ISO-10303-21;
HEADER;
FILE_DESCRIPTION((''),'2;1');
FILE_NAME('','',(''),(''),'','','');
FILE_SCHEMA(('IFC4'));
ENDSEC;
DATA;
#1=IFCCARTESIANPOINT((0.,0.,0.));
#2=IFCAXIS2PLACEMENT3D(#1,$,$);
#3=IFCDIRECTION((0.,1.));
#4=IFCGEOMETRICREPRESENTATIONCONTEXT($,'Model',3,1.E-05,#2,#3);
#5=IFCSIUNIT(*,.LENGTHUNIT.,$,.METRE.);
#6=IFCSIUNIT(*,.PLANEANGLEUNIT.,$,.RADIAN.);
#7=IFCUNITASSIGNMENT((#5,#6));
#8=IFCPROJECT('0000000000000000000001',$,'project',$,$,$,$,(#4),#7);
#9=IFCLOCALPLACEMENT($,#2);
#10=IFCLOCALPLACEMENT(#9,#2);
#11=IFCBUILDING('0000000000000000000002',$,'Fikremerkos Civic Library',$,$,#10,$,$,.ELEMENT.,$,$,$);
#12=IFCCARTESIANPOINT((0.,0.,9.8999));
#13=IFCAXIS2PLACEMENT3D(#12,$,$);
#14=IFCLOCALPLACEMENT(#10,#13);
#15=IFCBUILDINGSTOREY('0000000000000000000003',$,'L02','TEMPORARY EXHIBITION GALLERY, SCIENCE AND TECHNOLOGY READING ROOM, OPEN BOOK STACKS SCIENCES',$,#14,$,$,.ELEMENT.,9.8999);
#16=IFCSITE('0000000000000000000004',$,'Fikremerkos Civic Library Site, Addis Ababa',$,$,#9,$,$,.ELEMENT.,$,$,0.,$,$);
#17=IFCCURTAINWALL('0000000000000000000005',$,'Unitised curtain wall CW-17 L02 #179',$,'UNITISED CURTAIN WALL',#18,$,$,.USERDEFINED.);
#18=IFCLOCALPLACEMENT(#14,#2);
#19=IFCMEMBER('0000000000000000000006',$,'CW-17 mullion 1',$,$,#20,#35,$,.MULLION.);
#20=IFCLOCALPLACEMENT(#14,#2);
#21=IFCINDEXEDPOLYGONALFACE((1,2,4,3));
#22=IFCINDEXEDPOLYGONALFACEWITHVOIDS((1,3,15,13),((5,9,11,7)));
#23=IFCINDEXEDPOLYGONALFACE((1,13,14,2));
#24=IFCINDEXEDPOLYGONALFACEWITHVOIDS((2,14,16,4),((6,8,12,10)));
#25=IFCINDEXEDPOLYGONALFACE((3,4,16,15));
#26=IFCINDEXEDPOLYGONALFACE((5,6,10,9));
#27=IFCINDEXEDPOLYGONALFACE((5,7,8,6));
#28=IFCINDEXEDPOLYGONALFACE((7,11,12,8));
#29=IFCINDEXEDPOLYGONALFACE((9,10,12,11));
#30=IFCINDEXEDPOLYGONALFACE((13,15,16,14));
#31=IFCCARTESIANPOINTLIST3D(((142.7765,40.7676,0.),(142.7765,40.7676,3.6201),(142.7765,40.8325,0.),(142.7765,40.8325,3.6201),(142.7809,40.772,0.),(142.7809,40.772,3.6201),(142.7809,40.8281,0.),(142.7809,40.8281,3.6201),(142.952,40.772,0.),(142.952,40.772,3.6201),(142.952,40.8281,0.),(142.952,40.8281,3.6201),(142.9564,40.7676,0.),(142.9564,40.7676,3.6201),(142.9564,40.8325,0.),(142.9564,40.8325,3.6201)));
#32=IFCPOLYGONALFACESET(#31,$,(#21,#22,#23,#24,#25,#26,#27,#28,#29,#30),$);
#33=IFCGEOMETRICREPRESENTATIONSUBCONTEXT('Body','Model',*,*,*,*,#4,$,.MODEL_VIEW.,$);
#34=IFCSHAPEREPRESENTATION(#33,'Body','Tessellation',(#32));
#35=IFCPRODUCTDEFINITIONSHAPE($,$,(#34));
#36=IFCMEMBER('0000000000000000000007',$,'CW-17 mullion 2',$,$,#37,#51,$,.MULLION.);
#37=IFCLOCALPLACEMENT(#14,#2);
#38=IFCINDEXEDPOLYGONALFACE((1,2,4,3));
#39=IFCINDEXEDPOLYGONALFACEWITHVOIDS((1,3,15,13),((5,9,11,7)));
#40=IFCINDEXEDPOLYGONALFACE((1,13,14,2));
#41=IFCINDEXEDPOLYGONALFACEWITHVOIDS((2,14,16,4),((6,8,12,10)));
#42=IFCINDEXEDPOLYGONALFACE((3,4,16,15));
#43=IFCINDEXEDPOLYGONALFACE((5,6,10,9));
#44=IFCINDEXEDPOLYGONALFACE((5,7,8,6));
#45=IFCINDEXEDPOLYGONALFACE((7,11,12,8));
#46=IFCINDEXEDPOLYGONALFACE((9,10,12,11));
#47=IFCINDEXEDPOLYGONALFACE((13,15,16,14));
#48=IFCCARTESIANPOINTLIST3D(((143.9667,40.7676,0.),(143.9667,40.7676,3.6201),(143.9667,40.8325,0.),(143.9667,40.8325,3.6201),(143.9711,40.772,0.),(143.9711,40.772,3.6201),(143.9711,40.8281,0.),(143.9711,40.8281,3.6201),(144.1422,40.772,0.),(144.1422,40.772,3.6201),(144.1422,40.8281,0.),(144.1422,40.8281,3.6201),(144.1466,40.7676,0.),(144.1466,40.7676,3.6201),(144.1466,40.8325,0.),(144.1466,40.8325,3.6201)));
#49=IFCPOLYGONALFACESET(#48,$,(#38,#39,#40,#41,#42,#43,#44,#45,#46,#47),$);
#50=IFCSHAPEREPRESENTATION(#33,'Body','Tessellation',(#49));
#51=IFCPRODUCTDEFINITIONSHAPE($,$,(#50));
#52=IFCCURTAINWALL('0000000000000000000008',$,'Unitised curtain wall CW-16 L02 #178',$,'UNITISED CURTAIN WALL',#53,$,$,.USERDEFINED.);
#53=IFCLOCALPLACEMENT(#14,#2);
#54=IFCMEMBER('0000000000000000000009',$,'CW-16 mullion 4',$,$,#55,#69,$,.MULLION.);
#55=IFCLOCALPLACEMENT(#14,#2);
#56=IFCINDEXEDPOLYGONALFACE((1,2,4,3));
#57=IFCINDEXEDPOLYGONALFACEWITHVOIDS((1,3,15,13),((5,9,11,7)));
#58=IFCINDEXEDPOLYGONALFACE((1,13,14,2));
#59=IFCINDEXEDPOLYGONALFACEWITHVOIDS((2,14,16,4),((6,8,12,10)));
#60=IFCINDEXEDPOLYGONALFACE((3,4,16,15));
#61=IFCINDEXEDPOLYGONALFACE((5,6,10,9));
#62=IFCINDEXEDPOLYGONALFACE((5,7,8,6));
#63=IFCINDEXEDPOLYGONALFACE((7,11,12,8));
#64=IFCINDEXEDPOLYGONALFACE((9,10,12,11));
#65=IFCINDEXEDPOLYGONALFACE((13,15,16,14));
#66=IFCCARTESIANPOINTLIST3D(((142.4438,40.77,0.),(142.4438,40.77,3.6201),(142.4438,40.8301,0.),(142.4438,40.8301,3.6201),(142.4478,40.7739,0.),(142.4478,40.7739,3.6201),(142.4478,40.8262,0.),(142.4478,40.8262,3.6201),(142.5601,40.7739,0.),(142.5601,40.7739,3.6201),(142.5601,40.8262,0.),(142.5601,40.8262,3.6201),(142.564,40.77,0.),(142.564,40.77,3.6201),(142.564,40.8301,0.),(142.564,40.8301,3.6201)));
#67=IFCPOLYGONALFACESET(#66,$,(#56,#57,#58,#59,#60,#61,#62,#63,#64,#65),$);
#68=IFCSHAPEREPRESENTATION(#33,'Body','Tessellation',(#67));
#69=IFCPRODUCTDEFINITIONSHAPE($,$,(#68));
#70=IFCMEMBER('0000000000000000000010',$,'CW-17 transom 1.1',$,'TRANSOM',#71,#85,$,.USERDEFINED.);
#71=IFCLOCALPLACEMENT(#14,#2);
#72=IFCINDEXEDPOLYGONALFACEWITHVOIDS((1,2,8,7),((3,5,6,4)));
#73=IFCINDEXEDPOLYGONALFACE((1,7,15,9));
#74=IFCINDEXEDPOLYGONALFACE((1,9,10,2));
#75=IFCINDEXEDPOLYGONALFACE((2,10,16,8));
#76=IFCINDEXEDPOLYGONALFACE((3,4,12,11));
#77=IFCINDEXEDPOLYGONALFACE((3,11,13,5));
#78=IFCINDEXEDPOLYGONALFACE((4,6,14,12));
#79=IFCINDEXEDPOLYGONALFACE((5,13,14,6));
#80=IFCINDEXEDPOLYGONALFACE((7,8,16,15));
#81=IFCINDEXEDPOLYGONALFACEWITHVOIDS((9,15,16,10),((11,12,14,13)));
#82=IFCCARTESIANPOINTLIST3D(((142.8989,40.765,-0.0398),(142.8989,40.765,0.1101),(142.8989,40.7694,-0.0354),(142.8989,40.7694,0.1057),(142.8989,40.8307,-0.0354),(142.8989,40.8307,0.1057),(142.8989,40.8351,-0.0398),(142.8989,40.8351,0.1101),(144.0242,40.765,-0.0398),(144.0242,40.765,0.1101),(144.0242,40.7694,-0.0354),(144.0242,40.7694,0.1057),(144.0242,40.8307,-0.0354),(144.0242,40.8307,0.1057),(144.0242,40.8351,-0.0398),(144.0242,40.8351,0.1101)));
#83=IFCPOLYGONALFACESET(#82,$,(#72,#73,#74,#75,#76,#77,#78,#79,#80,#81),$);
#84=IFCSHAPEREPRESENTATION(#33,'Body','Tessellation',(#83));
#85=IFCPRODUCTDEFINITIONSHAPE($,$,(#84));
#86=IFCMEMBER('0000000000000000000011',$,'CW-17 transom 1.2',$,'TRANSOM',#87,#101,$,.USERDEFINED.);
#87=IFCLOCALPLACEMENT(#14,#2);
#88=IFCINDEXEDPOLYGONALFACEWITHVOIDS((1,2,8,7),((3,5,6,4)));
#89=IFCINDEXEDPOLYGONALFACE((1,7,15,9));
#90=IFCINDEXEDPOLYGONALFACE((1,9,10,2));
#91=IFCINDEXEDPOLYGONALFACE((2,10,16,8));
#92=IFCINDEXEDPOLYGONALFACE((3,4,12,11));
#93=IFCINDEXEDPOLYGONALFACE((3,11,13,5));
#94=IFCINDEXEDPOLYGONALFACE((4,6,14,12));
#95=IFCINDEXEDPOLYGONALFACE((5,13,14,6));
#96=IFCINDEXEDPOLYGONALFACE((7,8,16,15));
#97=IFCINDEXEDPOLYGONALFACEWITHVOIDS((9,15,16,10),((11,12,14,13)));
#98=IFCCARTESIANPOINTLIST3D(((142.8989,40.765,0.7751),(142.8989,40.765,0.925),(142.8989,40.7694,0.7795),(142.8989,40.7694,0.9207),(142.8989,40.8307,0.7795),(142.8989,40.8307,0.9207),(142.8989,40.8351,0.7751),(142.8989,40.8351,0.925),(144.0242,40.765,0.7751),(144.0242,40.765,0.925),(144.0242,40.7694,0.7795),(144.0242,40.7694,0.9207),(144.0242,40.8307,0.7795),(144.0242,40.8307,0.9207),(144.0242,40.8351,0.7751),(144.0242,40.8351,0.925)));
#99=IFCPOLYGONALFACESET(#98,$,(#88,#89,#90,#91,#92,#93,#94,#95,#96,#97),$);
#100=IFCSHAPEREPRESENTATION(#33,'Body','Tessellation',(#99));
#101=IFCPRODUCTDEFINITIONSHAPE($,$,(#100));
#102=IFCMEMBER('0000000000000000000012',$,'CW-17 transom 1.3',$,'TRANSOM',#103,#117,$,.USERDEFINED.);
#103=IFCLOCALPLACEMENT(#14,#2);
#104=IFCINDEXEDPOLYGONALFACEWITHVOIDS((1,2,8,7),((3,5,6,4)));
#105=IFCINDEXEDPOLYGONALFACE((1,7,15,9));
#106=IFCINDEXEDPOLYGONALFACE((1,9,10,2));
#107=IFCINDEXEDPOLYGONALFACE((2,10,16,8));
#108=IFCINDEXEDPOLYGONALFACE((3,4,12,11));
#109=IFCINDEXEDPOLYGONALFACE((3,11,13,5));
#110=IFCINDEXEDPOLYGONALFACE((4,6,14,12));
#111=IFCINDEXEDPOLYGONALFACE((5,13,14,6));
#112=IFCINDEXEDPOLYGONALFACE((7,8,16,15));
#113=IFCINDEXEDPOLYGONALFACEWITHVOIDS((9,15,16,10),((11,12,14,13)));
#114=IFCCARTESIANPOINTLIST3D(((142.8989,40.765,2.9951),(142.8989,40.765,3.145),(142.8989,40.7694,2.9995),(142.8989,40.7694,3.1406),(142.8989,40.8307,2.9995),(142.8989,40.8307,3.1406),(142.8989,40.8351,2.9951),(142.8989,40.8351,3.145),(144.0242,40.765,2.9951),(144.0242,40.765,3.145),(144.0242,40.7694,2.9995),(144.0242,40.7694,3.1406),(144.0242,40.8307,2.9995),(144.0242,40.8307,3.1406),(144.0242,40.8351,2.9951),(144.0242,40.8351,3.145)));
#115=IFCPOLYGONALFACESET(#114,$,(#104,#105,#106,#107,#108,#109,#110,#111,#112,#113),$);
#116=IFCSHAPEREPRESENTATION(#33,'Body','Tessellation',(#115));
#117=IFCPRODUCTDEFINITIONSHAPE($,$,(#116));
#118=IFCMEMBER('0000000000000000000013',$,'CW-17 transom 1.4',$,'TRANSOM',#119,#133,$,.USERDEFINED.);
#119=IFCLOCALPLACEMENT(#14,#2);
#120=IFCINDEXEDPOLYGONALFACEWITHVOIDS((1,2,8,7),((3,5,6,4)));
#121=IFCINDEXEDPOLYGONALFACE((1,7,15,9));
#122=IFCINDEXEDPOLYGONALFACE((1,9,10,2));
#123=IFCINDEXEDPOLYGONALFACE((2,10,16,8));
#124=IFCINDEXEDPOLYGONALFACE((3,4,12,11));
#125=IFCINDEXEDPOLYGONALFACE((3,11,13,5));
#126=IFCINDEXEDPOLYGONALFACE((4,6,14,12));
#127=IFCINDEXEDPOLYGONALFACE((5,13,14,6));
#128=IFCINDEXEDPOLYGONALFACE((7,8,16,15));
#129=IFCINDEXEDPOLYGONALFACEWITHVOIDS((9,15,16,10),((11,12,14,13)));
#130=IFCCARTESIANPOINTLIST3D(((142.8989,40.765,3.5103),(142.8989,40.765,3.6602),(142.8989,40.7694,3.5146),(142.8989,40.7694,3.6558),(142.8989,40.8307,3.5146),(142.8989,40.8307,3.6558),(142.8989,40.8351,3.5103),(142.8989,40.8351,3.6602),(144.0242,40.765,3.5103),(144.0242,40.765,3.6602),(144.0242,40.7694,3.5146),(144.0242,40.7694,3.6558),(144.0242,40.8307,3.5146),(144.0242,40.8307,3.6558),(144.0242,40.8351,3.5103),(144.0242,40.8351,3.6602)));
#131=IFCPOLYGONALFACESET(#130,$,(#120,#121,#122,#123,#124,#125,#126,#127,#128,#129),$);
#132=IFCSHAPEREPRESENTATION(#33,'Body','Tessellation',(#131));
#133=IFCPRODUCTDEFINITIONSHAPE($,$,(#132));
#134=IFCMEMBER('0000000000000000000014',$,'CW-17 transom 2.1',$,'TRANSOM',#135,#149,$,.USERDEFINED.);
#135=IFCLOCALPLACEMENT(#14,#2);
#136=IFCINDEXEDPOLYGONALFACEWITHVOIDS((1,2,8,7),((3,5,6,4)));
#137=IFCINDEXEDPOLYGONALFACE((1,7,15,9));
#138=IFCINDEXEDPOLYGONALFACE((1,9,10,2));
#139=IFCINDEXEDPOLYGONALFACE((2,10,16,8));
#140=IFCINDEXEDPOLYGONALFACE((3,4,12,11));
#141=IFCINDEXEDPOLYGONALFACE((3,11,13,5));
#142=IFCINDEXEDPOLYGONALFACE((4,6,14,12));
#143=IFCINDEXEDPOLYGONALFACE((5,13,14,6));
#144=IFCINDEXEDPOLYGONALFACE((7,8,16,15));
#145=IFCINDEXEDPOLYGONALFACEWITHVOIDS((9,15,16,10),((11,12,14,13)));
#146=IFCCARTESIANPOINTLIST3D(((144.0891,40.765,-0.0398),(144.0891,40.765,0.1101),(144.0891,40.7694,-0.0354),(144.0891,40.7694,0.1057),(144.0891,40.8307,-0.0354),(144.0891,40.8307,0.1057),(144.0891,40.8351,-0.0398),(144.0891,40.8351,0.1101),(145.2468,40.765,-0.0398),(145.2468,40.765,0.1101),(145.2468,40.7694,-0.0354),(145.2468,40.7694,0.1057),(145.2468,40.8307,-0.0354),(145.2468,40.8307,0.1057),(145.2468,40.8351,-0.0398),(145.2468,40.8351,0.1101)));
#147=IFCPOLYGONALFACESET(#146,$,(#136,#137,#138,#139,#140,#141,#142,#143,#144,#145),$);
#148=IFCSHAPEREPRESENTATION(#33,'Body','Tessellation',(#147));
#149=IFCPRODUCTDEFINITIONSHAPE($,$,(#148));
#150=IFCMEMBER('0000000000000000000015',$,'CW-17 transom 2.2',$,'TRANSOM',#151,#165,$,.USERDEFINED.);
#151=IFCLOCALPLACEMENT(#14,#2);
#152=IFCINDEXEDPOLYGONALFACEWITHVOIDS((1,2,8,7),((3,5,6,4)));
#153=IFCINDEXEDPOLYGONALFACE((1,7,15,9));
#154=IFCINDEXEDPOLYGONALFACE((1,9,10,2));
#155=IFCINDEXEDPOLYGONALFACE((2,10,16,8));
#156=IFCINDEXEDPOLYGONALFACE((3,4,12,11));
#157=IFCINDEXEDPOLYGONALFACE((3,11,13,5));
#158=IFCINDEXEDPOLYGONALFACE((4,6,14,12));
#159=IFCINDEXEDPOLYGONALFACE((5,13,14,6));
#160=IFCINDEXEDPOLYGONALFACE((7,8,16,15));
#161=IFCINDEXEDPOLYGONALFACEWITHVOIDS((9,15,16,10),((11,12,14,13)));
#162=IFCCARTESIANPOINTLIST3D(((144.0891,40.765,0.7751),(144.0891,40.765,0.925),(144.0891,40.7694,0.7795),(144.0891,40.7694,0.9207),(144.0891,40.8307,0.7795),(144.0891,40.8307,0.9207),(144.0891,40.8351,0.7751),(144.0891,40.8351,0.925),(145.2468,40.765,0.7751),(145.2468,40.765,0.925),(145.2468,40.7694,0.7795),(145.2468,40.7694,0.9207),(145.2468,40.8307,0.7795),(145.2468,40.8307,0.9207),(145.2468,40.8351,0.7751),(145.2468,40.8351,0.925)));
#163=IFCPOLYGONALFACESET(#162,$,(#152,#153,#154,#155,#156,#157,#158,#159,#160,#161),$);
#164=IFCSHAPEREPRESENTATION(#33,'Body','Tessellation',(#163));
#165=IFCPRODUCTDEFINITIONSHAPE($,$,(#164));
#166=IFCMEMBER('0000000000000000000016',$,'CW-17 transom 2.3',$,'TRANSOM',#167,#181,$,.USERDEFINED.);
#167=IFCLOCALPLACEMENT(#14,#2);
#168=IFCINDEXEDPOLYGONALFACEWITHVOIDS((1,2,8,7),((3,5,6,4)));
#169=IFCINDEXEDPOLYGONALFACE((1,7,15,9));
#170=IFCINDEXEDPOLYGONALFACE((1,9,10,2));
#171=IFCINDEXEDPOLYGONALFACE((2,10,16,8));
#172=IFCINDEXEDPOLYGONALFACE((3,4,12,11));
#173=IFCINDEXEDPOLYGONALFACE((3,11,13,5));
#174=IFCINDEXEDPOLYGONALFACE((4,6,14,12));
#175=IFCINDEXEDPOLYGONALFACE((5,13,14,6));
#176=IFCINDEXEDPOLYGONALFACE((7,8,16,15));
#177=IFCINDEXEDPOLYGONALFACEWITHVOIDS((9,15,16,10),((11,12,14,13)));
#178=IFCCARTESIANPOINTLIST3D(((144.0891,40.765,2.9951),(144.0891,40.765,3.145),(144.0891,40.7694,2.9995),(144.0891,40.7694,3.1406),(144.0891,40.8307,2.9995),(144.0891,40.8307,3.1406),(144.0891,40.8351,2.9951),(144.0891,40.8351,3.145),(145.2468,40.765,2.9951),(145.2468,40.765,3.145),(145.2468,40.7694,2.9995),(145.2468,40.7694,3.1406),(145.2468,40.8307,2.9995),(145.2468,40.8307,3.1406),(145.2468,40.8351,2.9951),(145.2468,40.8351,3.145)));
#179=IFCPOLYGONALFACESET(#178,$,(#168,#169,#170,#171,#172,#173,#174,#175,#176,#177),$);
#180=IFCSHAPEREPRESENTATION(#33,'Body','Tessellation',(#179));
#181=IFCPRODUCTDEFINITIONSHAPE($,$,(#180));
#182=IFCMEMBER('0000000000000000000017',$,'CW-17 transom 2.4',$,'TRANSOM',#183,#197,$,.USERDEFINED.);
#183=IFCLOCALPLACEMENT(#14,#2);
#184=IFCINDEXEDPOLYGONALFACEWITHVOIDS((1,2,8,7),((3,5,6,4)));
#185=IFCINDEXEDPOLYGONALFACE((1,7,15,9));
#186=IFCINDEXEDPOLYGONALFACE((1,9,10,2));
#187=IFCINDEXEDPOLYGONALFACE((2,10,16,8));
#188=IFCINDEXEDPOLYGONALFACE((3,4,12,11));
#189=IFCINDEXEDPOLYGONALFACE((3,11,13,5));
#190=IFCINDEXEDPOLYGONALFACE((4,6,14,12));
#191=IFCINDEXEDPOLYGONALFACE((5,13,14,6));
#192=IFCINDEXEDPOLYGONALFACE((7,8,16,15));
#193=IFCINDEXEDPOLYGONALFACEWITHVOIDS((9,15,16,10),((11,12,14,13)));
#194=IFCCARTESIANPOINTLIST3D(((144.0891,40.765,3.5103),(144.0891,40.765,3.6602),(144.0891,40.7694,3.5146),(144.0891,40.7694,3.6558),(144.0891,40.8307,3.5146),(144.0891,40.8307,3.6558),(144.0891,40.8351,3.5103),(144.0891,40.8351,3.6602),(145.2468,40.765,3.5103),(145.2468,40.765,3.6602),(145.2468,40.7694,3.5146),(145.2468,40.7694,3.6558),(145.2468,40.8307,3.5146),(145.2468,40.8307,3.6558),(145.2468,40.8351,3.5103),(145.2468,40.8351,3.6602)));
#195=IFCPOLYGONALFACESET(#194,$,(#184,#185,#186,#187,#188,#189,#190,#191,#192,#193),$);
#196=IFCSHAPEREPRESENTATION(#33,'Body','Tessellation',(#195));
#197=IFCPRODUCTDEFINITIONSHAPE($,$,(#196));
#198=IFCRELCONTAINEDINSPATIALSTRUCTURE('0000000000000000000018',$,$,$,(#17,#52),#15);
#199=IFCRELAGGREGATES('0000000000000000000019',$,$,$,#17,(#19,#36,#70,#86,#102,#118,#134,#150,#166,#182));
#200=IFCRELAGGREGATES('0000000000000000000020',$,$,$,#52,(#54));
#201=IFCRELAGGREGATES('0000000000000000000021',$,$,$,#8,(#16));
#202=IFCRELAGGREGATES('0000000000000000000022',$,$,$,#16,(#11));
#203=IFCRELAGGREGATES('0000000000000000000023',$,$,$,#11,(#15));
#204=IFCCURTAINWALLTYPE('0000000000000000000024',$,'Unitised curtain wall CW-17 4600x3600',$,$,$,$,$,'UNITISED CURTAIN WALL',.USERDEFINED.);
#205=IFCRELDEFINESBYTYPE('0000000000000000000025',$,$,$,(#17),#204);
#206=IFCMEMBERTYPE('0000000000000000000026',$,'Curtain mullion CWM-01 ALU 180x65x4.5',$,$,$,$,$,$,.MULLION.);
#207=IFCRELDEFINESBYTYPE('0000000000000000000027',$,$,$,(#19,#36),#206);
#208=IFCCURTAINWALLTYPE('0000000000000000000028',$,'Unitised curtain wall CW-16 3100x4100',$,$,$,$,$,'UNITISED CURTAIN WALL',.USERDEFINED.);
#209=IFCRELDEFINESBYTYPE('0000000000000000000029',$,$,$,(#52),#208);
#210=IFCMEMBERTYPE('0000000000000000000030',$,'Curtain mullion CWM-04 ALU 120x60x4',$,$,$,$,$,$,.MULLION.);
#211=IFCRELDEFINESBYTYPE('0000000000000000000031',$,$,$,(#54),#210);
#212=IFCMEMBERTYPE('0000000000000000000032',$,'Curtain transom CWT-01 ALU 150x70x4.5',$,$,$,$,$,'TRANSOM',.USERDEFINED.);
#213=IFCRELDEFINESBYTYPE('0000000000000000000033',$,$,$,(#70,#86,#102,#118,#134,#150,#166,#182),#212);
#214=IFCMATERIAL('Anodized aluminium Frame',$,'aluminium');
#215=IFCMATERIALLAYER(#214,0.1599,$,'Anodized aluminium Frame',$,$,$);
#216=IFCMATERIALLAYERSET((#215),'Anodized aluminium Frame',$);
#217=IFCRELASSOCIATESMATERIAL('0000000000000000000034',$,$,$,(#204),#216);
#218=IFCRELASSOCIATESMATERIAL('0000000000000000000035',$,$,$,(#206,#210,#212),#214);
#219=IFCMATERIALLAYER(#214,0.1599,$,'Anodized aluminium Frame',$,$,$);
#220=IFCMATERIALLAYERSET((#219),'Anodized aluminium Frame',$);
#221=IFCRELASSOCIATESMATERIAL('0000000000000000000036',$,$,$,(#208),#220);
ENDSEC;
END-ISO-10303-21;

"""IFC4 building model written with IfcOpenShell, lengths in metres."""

from ifc_helpers import new_model, si_unit, direction, frame, origin, origin_2d, place, context, subcontext, project, spatial, hollow_rectangle, extrude, material, layer, layer_set, material_profile, profile_set, type_object, element, aggregate, save


model = new_model("IFC4")

# Units and contexts
model_context = context("Model", 3, precision=1e-05, world=origin(), true_north=direction((0.0, 1.0)))
body_context = subcontext(model_context, "Body", "Model", "MODEL_VIEW")
ifc_project = project(units=[si_unit("LENGTHUNIT", "METRE"), si_unit("PLANEANGLEUNIT", "RADIAN")], contexts=[model_context])

# Site, building, storey
site_placement = place(None, origin())
site = spatial("IfcSite", under=ifc_project, at=site_placement, Name="Fikremerkos Civic Library Site, Addis Ababa", CompositionType="ELEMENT", RefElevation=0.0)
building_placement = place(site_placement, origin())
building = spatial("IfcBuilding", under=site, at=building_placement, Name="Fikremerkos Civic Library", CompositionType="ELEMENT")
storey_placement = place(building_placement, frame((0.0, 0.0, 9.8999)))
storey = spatial("IfcBuildingStorey", under=building, at=storey_placement, Name="L02", Description="TEMPORARY EXHIBITION GALLERY, SCIENCE AND TECHNOLOGY READING ROOM, OPEN BOOK STACKS SCIENCES", CompositionType="ELEMENT", Elevation=9.8999)

# Curtain wall, members
ifc_material_1 = material(Name="Anodized aluminium Frame", Category="aluminium")
ifc_layer_1 = layer(ifc_material_1, 0.1599, Name="Anodized aluminium Frame")
ifc_layer_set_1 = layer_set([ifc_layer_1], Name="Anodized aluminium Frame")
curtain_wall_type_1 = type_object("IfcCurtainWallType", Name="Unitised curtain wall CW-17 4600x3600", ElementType="UNITISED CURTAIN WALL", PredefinedType="USERDEFINED", material=ifc_layer_set_1)
curtain_wall_1_placement = place(storey_placement, origin())
curtain_wall_1 = element("IfcCurtainWall", 1, at=curtain_wall_1_placement, inside=storey, type_object=curtain_wall_type_1, Name="Unitised curtain wall CW-17 L02 #179", ObjectType="UNITISED CURTAIN WALL", PredefinedType="USERDEFINED")
ifc_material_profile_1 = material_profile(ifc_material_1, hollow_rectangle(XDim=0.0649, YDim=0.1799, WallThickness=0.0044, at=origin_2d()), Name="ALU 180x65x4.5")
ifc_profile_set_1 = profile_set([ifc_material_profile_1], Name="Anodized aluminium Frame")
member_type_1 = type_object("IfcMemberType", Name="Curtain mullion CWM-01 ALU 180x65x4.5", PredefinedType="MULLION", material=ifc_profile_set_1)
member_1_placement = place(storey_placement, frame((142.8665, 40.8, 0.0), z_axis=(0.0, 0.0, 1.0), x_axis=(0.0, 1.0, 0.0)))
member_1 = element("IfcMember", 2, at=member_1_placement, type_object=member_type_1, Name="CW-17 mullion 1", PredefinedType="MULLION", context=body_context, shape_type="SweptSolid", body=[
    extrude(hollow_rectangle(XDim=0.0649, YDim=0.1799, WallThickness=0.0044, at=origin_2d()), origin(), (0.0, 0.0, 1.0), 3.6201),
])
member_2_placement = place(storey_placement, frame((144.0566, 40.8, 0.0), z_axis=(0.0, 0.0, 1.0), x_axis=(0.0, 1.0, 0.0)))
member_2 = element("IfcMember", 3, at=member_2_placement, type_object=member_type_1, Name="CW-17 mullion 2", PredefinedType="MULLION", context=body_context, shape_type="SweptSolid", body=[
    extrude(hollow_rectangle(XDim=0.0649, YDim=0.1799, WallThickness=0.0044, at=origin_2d()), origin(), (0.0, 0.0, 1.0), 3.6201),
])

# Curtain wall, member
ifc_layer_2 = layer(ifc_material_1, 0.1599, Name="Anodized aluminium Frame")
ifc_layer_set_2 = layer_set([ifc_layer_2], Name="Anodized aluminium Frame")
curtain_wall_type_2 = type_object("IfcCurtainWallType", Name="Unitised curtain wall CW-16 3100x4100", ElementType="UNITISED CURTAIN WALL", PredefinedType="USERDEFINED", material=ifc_layer_set_2)
curtain_wall_2_placement = place(storey_placement, origin())
curtain_wall_2 = element("IfcCurtainWall", 4, at=curtain_wall_2_placement, inside=storey, type_object=curtain_wall_type_2, Name="Unitised curtain wall CW-16 L02 #178", ObjectType="UNITISED CURTAIN WALL", PredefinedType="USERDEFINED")
ifc_material_profile_2 = material_profile(ifc_material_1, hollow_rectangle(XDim=0.0601, YDim=0.1201, WallThickness=0.0039, at=origin_2d()), Name="ALU 120x60x4")
ifc_profile_set_2 = profile_set([ifc_material_profile_2], Name="Anodized aluminium Frame")
member_type_2 = type_object("IfcMemberType", Name="Curtain mullion CWM-04 ALU 120x60x4", PredefinedType="MULLION", material=ifc_profile_set_2)
member_3_placement = place(storey_placement, frame((142.5039, 40.8, 0.0), z_axis=(0.0, 0.0, 1.0), x_axis=(0.0, 1.0, 0.0)))
member_3 = element("IfcMember", 5, at=member_3_placement, type_object=member_type_2, Name="CW-16 mullion 4", PredefinedType="MULLION", context=body_context, shape_type="SweptSolid", body=[
    extrude(hollow_rectangle(XDim=0.0601, YDim=0.1201, WallThickness=0.0039, at=origin_2d()), origin(), (0.0, 0.0, 1.0), 3.6201),
])

# Members
ifc_material_profile_3 = material_profile(ifc_material_1, hollow_rectangle(XDim=0.0701, YDim=0.1499, WallThickness=0.0044, at=origin_2d()), Name="ALU 150x70x4.5")
ifc_profile_set_3 = profile_set([ifc_material_profile_3], Name="Anodized aluminium Frame")
member_type_3 = type_object("IfcMemberType", Name="Curtain transom CWT-01 ALU 150x70x4.5", ElementType="TRANSOM", PredefinedType="USERDEFINED", material=ifc_profile_set_3)
member_4_placement = place(storey_placement, frame((142.8989, 40.8, 0.0352), z_axis=(1.0, 0.0, 0.0), x_axis=(0.0, 1.0, 0.0)))
member_4 = element("IfcMember", 6, at=member_4_placement, type_object=member_type_3, Name="CW-17 transom 1.1", ObjectType="TRANSOM", PredefinedType="USERDEFINED", context=body_context, shape_type="SweptSolid", body=[
    extrude(hollow_rectangle(XDim=0.0701, YDim=0.1499, WallThickness=0.0044, at=origin_2d()), origin(), (0.0, 0.0, 1.0), 1.1252),
])
member_5_placement = place(storey_placement, frame((142.8989, 40.8, 0.8501), z_axis=(1.0, 0.0, 0.0), x_axis=(0.0, 1.0, 0.0)))
member_5 = element("IfcMember", 7, at=member_5_placement, type_object=member_type_3, Name="CW-17 transom 1.2", ObjectType="TRANSOM", PredefinedType="USERDEFINED", context=body_context, shape_type="SweptSolid", body=[
    extrude(hollow_rectangle(XDim=0.0701, YDim=0.1499, WallThickness=0.0044, at=origin_2d()), origin(), (0.0, 0.0, 1.0), 1.1252),
])
member_6_placement = place(storey_placement, frame((142.8989, 40.8, 3.0701), z_axis=(1.0, 0.0, 0.0), x_axis=(0.0, 1.0, 0.0)))
member_6 = element("IfcMember", 8, at=member_6_placement, type_object=member_type_3, Name="CW-17 transom 1.3", ObjectType="TRANSOM", PredefinedType="USERDEFINED", context=body_context, shape_type="SweptSolid", body=[
    extrude(hollow_rectangle(XDim=0.0701, YDim=0.1499, WallThickness=0.0044, at=origin_2d()), origin(), (0.0, 0.0, 1.0), 1.1252),
])
member_7_placement = place(storey_placement, frame((142.8989, 40.8, 3.5852), z_axis=(1.0, 0.0, 0.0), x_axis=(0.0, 1.0, 0.0)))
member_7 = element("IfcMember", 9, at=member_7_placement, type_object=member_type_3, Name="CW-17 transom 1.4", ObjectType="TRANSOM", PredefinedType="USERDEFINED", context=body_context, shape_type="SweptSolid", body=[
    extrude(hollow_rectangle(XDim=0.0701, YDim=0.1499, WallThickness=0.0044, at=origin_2d()), origin(), (0.0, 0.0, 1.0), 1.1252),
])
member_8_placement = place(storey_placement, frame((144.0891, 40.8, 0.0352), z_axis=(1.0, 0.0, 0.0), x_axis=(0.0, 1.0, 0.0)))
member_8 = element("IfcMember", 10, at=member_8_placement, type_object=member_type_3, Name="CW-17 transom 2.1", ObjectType="TRANSOM", PredefinedType="USERDEFINED", context=body_context, shape_type="SweptSolid", body=[
    extrude(hollow_rectangle(XDim=0.0701, YDim=0.1499, WallThickness=0.0044, at=origin_2d()), origin(), (0.0, 0.0, 1.0), 1.1577),
])
member_9_placement = place(storey_placement, frame((144.0891, 40.8, 0.8501), z_axis=(1.0, 0.0, 0.0), x_axis=(0.0, 1.0, 0.0)))
member_9 = element("IfcMember", 11, at=member_9_placement, type_object=member_type_3, Name="CW-17 transom 2.2", ObjectType="TRANSOM", PredefinedType="USERDEFINED", context=body_context, shape_type="SweptSolid", body=[
    extrude(hollow_rectangle(XDim=0.0701, YDim=0.1499, WallThickness=0.0044, at=origin_2d()), origin(), (0.0, 0.0, 1.0), 1.1577),
])
member_10_placement = place(storey_placement, frame((144.0891, 40.8, 3.0701), z_axis=(1.0, 0.0, 0.0), x_axis=(0.0, 1.0, 0.0)))
member_10 = element("IfcMember", 12, at=member_10_placement, type_object=member_type_3, Name="CW-17 transom 2.3", ObjectType="TRANSOM", PredefinedType="USERDEFINED", context=body_context, shape_type="SweptSolid", body=[
    extrude(hollow_rectangle(XDim=0.0701, YDim=0.1499, WallThickness=0.0044, at=origin_2d()), origin(), (0.0, 0.0, 1.0), 1.1577),
])
member_11_placement = place(storey_placement, frame((144.0891, 40.8, 3.5852), z_axis=(1.0, 0.0, 0.0), x_axis=(0.0, 1.0, 0.0)))
member_11 = element("IfcMember", 13, at=member_11_placement, type_object=member_type_3, Name="CW-17 transom 2.4", ObjectType="TRANSOM", PredefinedType="USERDEFINED", context=body_context, shape_type="SweptSolid", body=[
    extrude(hollow_rectangle(XDim=0.0701, YDim=0.1499, WallThickness=0.0044, at=origin_2d()), origin(), (0.0, 0.0, 1.0), 1.1577),
])

aggregate(curtain_wall_1, [member_1, member_2, member_4, member_5, member_6, member_7, member_8, member_9, member_10, member_11])
aggregate(curtain_wall_2, [member_3])

save(model, "model.ifc")
